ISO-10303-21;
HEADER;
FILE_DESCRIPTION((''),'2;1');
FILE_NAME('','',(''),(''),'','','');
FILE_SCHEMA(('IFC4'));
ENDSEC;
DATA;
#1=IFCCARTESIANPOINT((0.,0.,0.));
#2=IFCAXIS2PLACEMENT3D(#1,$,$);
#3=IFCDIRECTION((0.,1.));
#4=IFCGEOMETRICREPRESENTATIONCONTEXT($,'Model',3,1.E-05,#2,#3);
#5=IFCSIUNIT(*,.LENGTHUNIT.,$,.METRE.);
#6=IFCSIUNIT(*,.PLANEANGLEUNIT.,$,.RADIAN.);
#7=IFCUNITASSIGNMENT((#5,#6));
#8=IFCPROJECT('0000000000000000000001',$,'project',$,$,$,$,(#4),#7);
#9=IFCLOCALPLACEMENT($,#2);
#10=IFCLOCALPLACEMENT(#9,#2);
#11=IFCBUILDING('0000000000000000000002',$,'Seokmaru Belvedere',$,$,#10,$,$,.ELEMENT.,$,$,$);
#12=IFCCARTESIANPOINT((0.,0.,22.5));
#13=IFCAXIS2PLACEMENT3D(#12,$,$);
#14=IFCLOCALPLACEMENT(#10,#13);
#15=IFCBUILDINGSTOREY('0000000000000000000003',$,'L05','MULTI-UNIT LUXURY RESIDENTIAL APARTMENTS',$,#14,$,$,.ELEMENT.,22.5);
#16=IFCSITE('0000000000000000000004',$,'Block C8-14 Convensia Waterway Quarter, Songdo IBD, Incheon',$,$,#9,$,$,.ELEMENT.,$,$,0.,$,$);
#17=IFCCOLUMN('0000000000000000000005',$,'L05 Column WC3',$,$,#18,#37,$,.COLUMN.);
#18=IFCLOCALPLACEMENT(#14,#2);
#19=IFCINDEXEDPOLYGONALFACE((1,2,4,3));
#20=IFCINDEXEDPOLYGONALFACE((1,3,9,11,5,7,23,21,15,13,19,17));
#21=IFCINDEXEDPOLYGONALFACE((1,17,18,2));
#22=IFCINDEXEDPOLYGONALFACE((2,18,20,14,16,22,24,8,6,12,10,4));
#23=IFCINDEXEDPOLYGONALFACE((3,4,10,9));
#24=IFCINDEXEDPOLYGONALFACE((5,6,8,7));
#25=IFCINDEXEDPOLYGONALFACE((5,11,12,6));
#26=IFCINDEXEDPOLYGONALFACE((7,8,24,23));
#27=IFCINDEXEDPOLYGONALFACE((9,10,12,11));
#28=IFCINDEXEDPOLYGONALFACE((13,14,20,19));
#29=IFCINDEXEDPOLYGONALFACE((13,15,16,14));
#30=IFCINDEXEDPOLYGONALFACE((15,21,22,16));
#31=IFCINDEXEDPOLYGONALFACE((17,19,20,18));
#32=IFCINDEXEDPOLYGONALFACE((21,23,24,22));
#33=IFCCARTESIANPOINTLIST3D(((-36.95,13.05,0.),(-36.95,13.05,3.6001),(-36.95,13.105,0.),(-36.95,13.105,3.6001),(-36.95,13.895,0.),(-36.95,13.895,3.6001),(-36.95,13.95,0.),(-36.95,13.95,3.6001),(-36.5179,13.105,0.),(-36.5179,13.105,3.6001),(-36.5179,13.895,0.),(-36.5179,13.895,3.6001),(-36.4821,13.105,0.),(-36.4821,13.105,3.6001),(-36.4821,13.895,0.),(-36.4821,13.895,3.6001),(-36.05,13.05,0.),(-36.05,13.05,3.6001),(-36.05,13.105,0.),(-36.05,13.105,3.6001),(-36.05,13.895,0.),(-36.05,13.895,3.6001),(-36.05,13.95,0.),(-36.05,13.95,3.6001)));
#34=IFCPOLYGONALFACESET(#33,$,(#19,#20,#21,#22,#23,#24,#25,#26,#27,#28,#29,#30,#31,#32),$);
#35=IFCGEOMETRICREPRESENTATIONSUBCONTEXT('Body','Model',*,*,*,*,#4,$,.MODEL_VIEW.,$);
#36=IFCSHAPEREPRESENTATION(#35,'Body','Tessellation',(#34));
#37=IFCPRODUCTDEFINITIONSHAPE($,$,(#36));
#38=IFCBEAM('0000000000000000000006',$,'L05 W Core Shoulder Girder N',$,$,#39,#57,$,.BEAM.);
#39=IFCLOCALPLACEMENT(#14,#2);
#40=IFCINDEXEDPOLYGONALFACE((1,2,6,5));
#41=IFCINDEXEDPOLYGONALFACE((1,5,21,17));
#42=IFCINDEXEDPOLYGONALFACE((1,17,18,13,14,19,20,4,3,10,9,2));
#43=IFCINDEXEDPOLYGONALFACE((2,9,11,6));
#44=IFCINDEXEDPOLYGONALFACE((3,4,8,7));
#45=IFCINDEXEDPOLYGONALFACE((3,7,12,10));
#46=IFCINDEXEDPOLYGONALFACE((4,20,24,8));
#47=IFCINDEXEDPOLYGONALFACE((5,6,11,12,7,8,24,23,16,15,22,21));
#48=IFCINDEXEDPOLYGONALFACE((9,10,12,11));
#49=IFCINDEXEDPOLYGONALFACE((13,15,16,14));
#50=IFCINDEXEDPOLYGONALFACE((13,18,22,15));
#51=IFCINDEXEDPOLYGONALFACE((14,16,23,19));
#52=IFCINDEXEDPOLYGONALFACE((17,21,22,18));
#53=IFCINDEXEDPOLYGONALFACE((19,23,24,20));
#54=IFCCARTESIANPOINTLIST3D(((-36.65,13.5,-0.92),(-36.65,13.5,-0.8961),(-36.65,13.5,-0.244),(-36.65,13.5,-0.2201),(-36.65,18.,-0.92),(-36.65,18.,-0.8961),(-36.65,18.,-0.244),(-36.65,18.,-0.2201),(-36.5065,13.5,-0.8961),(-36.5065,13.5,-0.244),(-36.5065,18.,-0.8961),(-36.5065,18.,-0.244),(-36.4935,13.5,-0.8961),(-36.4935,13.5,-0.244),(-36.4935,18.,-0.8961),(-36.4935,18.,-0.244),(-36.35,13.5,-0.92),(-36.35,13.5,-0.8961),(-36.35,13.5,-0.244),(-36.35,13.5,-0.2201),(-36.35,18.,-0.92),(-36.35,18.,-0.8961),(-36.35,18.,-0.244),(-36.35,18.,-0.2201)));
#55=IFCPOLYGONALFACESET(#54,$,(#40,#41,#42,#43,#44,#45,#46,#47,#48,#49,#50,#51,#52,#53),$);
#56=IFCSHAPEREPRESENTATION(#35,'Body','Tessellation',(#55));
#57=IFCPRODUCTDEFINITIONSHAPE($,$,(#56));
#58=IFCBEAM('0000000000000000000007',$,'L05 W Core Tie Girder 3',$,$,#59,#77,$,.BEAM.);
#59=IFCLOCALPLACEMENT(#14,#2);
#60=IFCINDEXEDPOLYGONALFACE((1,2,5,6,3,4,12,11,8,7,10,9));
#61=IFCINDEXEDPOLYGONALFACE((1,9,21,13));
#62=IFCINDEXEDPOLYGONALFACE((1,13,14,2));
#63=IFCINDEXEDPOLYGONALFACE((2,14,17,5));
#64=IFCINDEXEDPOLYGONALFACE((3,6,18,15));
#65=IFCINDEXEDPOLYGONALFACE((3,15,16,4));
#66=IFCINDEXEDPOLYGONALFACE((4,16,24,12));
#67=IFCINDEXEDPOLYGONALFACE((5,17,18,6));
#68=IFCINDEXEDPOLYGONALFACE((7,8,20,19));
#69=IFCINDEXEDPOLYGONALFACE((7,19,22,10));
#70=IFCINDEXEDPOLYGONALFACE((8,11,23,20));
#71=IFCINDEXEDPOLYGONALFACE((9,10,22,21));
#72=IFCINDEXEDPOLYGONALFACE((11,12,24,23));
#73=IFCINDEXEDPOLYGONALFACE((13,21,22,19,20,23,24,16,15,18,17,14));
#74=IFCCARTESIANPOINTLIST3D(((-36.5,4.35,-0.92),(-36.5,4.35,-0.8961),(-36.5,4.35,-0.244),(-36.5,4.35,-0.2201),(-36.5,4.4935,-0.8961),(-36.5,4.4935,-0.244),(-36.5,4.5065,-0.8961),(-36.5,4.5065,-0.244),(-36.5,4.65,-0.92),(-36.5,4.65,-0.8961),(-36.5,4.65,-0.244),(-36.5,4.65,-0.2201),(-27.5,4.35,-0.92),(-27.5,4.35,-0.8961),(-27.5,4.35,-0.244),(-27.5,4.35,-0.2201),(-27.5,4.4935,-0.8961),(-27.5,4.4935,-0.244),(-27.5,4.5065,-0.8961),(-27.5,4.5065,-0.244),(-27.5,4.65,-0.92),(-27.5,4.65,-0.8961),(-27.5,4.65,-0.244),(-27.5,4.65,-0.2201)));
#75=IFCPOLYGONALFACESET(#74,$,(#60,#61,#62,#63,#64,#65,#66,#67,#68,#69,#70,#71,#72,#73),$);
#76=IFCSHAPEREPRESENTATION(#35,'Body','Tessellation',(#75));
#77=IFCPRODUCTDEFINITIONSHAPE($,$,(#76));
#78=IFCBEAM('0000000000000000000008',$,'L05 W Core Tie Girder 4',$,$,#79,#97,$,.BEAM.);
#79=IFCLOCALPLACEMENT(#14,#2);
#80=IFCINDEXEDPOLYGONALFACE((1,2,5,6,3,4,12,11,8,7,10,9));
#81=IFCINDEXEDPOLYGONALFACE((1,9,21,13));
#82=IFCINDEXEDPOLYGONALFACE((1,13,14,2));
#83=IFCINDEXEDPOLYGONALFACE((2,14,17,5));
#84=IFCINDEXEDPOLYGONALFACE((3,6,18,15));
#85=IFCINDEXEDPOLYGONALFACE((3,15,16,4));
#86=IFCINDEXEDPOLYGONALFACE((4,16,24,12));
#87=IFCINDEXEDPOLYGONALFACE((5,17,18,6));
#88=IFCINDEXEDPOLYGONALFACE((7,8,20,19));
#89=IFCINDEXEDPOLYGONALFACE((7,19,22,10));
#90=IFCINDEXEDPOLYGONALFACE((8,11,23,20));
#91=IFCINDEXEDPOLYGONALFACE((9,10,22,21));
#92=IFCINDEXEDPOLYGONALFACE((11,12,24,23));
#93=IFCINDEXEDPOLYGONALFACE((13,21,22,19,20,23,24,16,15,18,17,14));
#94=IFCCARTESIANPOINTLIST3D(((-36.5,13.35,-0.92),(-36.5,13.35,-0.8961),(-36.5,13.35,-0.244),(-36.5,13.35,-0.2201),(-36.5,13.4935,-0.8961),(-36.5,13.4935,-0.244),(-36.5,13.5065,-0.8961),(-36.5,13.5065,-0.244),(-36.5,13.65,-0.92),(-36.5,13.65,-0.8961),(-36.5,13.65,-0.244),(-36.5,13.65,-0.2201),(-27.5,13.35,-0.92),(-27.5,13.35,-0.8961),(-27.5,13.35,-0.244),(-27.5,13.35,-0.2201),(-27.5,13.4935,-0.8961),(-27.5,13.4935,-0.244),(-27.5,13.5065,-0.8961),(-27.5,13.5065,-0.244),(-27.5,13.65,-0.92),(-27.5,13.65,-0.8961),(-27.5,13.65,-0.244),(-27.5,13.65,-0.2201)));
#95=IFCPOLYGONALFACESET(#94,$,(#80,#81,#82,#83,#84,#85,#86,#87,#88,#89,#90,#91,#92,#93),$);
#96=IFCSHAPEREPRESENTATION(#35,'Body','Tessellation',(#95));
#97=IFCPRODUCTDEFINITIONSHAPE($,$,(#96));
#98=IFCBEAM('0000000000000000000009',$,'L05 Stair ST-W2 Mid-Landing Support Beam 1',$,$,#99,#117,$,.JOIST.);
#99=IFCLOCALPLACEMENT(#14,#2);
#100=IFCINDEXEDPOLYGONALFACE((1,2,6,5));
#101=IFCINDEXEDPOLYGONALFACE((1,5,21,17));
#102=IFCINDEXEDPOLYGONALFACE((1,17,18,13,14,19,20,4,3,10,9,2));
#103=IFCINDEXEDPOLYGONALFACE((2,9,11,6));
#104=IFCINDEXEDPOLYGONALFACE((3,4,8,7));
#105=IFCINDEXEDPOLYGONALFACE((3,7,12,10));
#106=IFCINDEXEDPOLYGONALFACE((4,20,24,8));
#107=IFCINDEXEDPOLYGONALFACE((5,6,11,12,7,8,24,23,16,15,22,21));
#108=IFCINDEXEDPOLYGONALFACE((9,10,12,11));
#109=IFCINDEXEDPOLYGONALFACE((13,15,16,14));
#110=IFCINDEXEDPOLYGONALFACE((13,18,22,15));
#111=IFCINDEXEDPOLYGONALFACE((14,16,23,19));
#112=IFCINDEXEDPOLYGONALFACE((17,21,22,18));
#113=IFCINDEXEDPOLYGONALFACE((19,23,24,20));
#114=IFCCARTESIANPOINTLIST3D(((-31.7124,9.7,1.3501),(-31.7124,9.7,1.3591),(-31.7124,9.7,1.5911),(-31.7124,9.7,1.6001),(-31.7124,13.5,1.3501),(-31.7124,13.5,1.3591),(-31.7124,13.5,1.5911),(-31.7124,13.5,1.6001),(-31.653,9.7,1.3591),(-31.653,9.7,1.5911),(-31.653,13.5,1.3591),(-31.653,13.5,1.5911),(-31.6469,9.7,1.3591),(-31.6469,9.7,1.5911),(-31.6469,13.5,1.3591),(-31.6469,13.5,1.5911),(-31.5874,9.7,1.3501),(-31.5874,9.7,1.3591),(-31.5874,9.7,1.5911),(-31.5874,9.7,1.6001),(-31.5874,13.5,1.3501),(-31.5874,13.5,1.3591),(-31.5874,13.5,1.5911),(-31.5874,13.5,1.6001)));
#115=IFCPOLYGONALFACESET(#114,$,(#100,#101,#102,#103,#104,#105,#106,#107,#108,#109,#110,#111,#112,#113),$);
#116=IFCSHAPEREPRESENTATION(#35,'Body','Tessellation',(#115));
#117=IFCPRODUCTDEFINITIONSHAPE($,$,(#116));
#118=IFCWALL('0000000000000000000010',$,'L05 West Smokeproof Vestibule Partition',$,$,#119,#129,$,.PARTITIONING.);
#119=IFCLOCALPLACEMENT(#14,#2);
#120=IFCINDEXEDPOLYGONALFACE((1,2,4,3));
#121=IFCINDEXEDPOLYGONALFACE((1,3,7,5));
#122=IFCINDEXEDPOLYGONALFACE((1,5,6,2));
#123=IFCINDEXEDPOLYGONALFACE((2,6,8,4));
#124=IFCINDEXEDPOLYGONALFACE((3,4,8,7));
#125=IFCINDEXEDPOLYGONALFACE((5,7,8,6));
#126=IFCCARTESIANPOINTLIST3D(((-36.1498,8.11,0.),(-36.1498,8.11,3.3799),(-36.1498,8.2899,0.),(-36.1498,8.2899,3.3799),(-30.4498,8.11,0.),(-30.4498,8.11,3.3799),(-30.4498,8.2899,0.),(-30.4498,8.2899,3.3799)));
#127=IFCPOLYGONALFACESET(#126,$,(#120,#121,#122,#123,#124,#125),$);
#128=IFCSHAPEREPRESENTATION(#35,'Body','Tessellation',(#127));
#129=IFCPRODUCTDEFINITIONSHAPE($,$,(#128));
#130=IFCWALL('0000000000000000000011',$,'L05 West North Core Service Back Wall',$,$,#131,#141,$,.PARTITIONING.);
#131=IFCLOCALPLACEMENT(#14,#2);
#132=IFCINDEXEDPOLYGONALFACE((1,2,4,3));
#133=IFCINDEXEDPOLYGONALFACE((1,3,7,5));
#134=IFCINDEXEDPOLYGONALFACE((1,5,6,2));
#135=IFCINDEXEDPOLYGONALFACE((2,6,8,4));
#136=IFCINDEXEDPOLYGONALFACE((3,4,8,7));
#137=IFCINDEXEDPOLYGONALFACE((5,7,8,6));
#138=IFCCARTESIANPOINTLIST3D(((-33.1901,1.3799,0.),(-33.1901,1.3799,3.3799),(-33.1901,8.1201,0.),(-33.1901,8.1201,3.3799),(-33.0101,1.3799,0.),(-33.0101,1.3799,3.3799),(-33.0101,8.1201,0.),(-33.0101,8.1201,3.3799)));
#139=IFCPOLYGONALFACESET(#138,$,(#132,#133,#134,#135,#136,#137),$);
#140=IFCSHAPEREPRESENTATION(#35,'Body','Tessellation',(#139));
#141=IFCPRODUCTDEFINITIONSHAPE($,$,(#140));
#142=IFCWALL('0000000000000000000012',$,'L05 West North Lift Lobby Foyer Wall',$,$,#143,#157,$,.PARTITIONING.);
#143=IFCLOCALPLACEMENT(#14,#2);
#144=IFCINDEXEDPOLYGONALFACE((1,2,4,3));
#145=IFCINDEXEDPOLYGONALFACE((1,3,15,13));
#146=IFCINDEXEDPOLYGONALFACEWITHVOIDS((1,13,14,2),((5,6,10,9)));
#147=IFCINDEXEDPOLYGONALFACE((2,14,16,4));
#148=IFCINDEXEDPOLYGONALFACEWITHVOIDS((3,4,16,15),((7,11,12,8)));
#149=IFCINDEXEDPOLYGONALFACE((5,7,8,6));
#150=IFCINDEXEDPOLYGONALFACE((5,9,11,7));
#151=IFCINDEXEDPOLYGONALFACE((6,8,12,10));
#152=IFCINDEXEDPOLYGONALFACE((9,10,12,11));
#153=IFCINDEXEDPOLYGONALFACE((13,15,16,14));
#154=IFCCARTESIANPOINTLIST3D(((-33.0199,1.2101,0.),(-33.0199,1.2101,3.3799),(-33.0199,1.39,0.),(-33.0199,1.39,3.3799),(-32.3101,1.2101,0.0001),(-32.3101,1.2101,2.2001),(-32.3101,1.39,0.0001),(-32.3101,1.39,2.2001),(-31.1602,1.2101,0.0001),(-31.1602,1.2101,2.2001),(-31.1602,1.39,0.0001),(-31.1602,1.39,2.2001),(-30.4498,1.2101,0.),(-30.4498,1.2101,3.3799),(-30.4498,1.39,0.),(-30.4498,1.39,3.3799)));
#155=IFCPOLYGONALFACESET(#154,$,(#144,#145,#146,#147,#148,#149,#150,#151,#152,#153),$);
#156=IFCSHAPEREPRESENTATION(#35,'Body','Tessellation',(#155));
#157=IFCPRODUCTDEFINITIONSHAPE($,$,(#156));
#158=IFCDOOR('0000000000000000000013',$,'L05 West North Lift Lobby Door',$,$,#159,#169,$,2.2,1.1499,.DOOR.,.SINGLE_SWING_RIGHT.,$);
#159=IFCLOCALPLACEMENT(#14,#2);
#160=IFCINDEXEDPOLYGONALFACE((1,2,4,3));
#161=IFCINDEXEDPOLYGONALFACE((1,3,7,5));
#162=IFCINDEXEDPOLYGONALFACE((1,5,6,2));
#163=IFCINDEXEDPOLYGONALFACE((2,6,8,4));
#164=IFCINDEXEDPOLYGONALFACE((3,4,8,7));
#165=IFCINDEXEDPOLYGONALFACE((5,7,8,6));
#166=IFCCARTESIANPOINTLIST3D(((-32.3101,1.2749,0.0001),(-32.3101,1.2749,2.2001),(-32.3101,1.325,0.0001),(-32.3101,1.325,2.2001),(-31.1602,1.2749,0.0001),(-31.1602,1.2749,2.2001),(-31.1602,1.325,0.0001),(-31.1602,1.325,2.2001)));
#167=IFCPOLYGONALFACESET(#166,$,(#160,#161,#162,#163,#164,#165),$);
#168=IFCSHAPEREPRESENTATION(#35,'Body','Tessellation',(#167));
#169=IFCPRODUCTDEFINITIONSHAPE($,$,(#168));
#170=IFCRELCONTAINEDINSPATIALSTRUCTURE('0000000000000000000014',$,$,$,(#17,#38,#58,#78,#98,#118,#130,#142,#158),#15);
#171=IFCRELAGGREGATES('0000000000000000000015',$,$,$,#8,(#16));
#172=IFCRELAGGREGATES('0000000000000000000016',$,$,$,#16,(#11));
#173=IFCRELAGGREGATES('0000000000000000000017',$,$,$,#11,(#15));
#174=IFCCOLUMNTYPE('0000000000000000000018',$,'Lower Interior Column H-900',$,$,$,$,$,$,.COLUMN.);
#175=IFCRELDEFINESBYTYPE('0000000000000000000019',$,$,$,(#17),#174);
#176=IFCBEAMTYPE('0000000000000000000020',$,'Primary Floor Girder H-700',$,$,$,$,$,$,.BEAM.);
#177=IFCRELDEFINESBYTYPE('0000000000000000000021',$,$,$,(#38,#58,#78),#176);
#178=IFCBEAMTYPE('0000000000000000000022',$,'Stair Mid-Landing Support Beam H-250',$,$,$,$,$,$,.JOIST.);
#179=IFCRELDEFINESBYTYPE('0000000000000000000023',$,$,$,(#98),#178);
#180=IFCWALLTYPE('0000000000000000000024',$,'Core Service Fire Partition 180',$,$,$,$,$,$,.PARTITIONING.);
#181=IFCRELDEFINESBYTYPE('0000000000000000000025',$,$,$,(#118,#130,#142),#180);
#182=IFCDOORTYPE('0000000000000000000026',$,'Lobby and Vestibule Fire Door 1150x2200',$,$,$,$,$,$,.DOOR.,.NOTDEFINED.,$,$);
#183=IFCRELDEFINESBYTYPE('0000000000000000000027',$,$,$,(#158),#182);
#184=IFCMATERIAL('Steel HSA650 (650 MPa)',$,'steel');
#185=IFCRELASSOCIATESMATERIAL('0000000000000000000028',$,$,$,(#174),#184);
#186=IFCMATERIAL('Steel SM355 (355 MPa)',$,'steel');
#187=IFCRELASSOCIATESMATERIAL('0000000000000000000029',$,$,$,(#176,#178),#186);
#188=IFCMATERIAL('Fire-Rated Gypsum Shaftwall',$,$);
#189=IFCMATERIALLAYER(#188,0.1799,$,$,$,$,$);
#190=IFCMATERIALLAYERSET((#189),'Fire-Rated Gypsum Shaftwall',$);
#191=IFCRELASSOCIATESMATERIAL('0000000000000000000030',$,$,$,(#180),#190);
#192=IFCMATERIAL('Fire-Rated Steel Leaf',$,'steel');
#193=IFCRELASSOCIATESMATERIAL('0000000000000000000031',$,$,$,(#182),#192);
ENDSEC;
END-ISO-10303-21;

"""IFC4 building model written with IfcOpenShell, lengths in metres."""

from ifc_helpers import new_model, si_unit, direction, frame, frame_2d, origin, origin_2d, place, context, subcontext, project, spatial, rectangle, i_section, extrude, source, transform, mapped, material, layer, layer_set, material_profile, profile_set, type_object, type_shapes, element, fill, save


model = new_model("IFC4")

# Units and contexts
model_context = context("Model", 3, precision=1e-05, world=origin(), true_north=direction((0.0, 1.0)))
body_context = subcontext(model_context, "Body", "Model", "MODEL_VIEW")
ifc_project = project(units=[si_unit("LENGTHUNIT", "METRE"), si_unit("PLANEANGLEUNIT", "RADIAN")], contexts=[model_context])

# Site, building, storey
site_placement = place(None, origin())
site = spatial("IfcSite", under=ifc_project, at=site_placement, Name="Block C8-14 Convensia Waterway Quarter, Songdo IBD, Incheon", CompositionType="ELEMENT", RefElevation=0.0)
building_placement = place(site_placement, origin())
building = spatial("IfcBuilding", under=site, at=building_placement, Name="Seokmaru Belvedere", CompositionType="ELEMENT")
storey_placement = place(building_placement, frame((0.0, 0.0, 22.5)))
storey = spatial("IfcBuildingStorey", under=building, at=storey_placement, Name="L05", Description="MULTI-UNIT LUXURY RESIDENTIAL APARTMENTS", CompositionType="ELEMENT", Elevation=22.5)

# Column
ifc_material_1 = material(Name="Steel HSA650 (650 MPa)", Category="steel")
ifc_material_profile_1 = material_profile(ifc_material_1, i_section(OverallWidth=0.8999, OverallDepth=0.8999, WebThickness=0.0359, FlangeThickness=0.0549, at=origin_2d()), Name="H-900x900x36x55")
ifc_profile_set_1 = profile_set([ifc_material_profile_1], Name="Steel HSA650 (650 MPa)")
column_type = type_object("IfcColumnType", Name="Lower Interior Column H-900", PredefinedType="COLUMN", material=ifc_profile_set_1)
shared_shape_1 = source(origin(), body_context, "Body", "SweptSolid", [
    extrude(i_section(OverallWidth=0.8999, OverallDepth=0.8999, WebThickness=0.0359, FlangeThickness=0.0549, at=origin_2d()), origin(), (0.0, 0.0, 1.0), 3.6001),
])
type_shapes(column_type, [shared_shape_1])
column_placement = place(storey_placement, frame((-36.5, 13.5, 0.0), z_axis=(0.0, 0.0, 1.0), x_axis=(1.0, 0.0, 0.0)))
element("IfcColumn", 1, at=column_placement, inside=storey, type_object=column_type, Name="L05 Column WC3", PredefinedType="COLUMN", context=body_context, shape_type="MappedRepresentation", body=[
    mapped(shared_shape_1, transform((0.0, 0.0, 0.0), scale=1.0)),
])

# Beams
ifc_material_2 = material(Name="Steel SM355 (355 MPa)", Category="steel")
ifc_material_profile_2 = material_profile(ifc_material_2, i_section(OverallWidth=0.3, OverallDepth=0.7, WebThickness=0.0129, FlangeThickness=0.0239, at=origin_2d()), Name="H-700x300x13x24")
ifc_profile_set_2 = profile_set([ifc_material_profile_2], Name="Steel SM355 (355 MPa)")
beam_type_1 = type_object("IfcBeamType", Name="Primary Floor Girder H-700", PredefinedType="BEAM", material=ifc_profile_set_2)
shared_shape_2 = source(origin(), body_context, "Body", "SweptSolid", [
    extrude(i_section(OverallWidth=0.3, OverallDepth=0.7, WebThickness=0.0129, FlangeThickness=0.0239, at=origin_2d()), origin(), (0.0, 0.0, 1.0), 4.5),
])
beam_1_placement = place(storey_placement, frame((-36.5, 13.5, -0.5701), z_axis=(0.0, 1.0, 0.0), x_axis=(-1.0, 0.0, 0.0)))
element("IfcBeam", 2, at=beam_1_placement, inside=storey, type_object=beam_type_1, Name="L05 W Core Shoulder Girder N", PredefinedType="BEAM", context=body_context, shape_type="MappedRepresentation", body=[
    mapped(shared_shape_2, transform((0.0, 0.0, 0.0), scale=1.0)),
])
shared_shape_3 = source(origin(), body_context, "Body", "SweptSolid", [
    extrude(i_section(OverallWidth=0.3, OverallDepth=0.7, WebThickness=0.0129, FlangeThickness=0.0239, at=origin_2d()), origin(), (0.0, 0.0, 1.0), 9.0),
])
type_shapes(beam_type_1, [shared_shape_2, shared_shape_3])
for number, where, z_axis, x_axis, name in (
    (3, (-36.5, 4.5, -0.5701), (1.0, 0.0, 0.0), (0.0, 1.0, 0.0), "L05 W Core Tie Girder 3"),
    (4, (-36.5, 13.5, -0.5701), (1.0, 0.0, 0.0), (0.0, 1.0, 0.0), "L05 W Core Tie Girder 4"),
):
    element("IfcBeam", number, at=place(storey_placement, frame(where, z_axis=z_axis, x_axis=x_axis)), inside=storey, type_object=beam_type_1, Name=name, PredefinedType="BEAM", context=body_context, shape_type="MappedRepresentation", body=[
        mapped(shared_shape_3, transform((0.0, 0.0, 0.0), scale=1.0)),
    ])
ifc_material_profile_3 = material_profile(ifc_material_2, i_section(OverallWidth=0.125, OverallDepth=0.25, WebThickness=0.0061, FlangeThickness=0.009, at=origin_2d()), Name="H-250x125x6x9")
ifc_profile_set_3 = profile_set([ifc_material_profile_3], Name="Steel SM355 (355 MPa)")
beam_type_2 = type_object("IfcBeamType", Name="Stair Mid-Landing Support Beam H-250", PredefinedType="JOIST", material=ifc_profile_set_3)
shared_shape_4 = source(origin(), body_context, "Body", "SweptSolid", [
    extrude(i_section(OverallWidth=0.125, OverallDepth=0.25, WebThickness=0.0061, FlangeThickness=0.009, at=origin_2d()), origin(), (0.0, 0.0, 1.0), 3.8),
])
type_shapes(beam_type_2, [shared_shape_4])
beam_2_placement = place(storey_placement, frame((-31.6499, 9.7, 1.4751), z_axis=(0.0, 1.0, 0.0), x_axis=(-1.0, 0.0, 0.0)))
element("IfcBeam", 5, at=beam_2_placement, inside=storey, type_object=beam_type_2, Name="L05 Stair ST-W2 Mid-Landing Support Beam 1", PredefinedType="JOIST", context=body_context, shape_type="MappedRepresentation", body=[
    mapped(shared_shape_4, transform((0.0, 0.0, 0.0), scale=1.0)),
])

# Walls
ifc_material_3 = material(Name="Fire-Rated Gypsum Shaftwall")
ifc_layer_1 = layer(ifc_material_3, 0.1799)
ifc_layer_set_1 = layer_set([ifc_layer_1], Name="Fire-Rated Gypsum Shaftwall")
wall_type_1 = type_object("IfcWallType", Name="Core Service Fire Partition 180", PredefinedType="PARTITIONING", material=ifc_layer_set_1)
wall_1_placement = place(storey_placement, frame((-36.1499, 8.2, 0.0), z_axis=(0.0, 0.0, 1.0), x_axis=(1.0, 0.0, 0.0)))
element("IfcWall", 6, at=wall_1_placement, inside=storey, type_object=wall_type_1, Name="L05 West Smokeproof Vestibule Partition", PredefinedType="PARTITIONING", context=body_context, shape_type="SweptSolid", body=[
    extrude(rectangle(XDim=5.7, YDim=0.1799, at=frame_2d((2.8501, 0.0))), origin(), (0.0, 0.0, 1.0), 3.3799),
])
wall_2_placement = place(storey_placement, frame((-33.1001, 1.3799, 0.0), z_axis=(0.0, 0.0, 1.0), x_axis=(0.0, 1.0, 0.0)))
element("IfcWall", 7, at=wall_2_placement, inside=storey, type_object=wall_type_1, Name="L05 West North Core Service Back Wall", PredefinedType="PARTITIONING", context=body_context, shape_type="SweptSolid", body=[
    extrude(rectangle(XDim=6.7402, YDim=0.1799, at=frame_2d((3.3701, 0.0))), origin(), (0.0, 0.0, 1.0), 3.3799),
])

# Wall, opening, door
wall_3_placement = place(storey_placement, frame((-33.02, 1.3, 0.0), z_axis=(0.0, 0.0, 1.0), x_axis=(1.0, 0.0, 0.0)))
wall_3 = element("IfcWall", 8, at=wall_3_placement, inside=storey, type_object=wall_type_1, Name="L05 West North Lift Lobby Foyer Wall", PredefinedType="PARTITIONING", context=body_context, shape_type="SweptSolid", body=[
    extrude(rectangle(XDim=2.5701, YDim=0.1799, at=frame_2d((1.2852, 0.0))), origin(), (0.0, 0.0, 1.0), 3.3799),
])
opening_1_placement = place(wall_3_placement, frame((0.71, 0.0, 0.0)))
opening_1 = element("IfcOpeningElement", 9, at=opening_1_placement, cuts=wall_3, PredefinedType="OPENING", context=body_context, shape_type="SweptSolid", body=[
    extrude(rectangle(XDim=1.1499, YDim=2.2, at=frame_2d((0.575, 1.1001))), frame((0.0, 0.1001, 0.0), z_axis=(0.0, -1.0, 0.0), x_axis=(1.0, 0.0, 0.0)), (0.0, 0.0, 1.0), 0.2),
])
ifc_material_4 = material(Name="Fire-Rated Steel Leaf", Category="steel")
door_type_1 = type_object("IfcDoorType", Name="Lobby and Vestibule Fire Door 1150x2200", OperationType="NOTDEFINED", PredefinedType="DOOR", material=ifc_material_4)
shared_shape_5 = source(origin(), body_context, "Body", "SweptSolid", [
    extrude(rectangle(XDim=1.1499, YDim=2.2, at=frame_2d((0.575, 1.1001))), frame((0.0, 0.0249, 0.0), z_axis=(0.0, -1.0, 0.0), x_axis=(1.0, 0.0, 0.0)), (0.0, 0.0, 1.0), 0.05),
])
type_shapes(door_type_1, [shared_shape_5])
door_1_placement = place(opening_1_placement, origin())
door_1 = element("IfcDoor", 10, at=door_1_placement, inside=storey, type_object=door_type_1, Name="L05 West North Lift Lobby Door", OperationType="SINGLE_SWING_RIGHT", OverallHeight=2.2, OverallWidth=1.1499, PredefinedType="DOOR", context=body_context, shape_type="MappedRepresentation", body=[
    mapped(shared_shape_5, transform((0.0, 0.0, 0.0), scale=1.0)),
])
fill(opening_1, door_1)

save(model, "model.ifc")
